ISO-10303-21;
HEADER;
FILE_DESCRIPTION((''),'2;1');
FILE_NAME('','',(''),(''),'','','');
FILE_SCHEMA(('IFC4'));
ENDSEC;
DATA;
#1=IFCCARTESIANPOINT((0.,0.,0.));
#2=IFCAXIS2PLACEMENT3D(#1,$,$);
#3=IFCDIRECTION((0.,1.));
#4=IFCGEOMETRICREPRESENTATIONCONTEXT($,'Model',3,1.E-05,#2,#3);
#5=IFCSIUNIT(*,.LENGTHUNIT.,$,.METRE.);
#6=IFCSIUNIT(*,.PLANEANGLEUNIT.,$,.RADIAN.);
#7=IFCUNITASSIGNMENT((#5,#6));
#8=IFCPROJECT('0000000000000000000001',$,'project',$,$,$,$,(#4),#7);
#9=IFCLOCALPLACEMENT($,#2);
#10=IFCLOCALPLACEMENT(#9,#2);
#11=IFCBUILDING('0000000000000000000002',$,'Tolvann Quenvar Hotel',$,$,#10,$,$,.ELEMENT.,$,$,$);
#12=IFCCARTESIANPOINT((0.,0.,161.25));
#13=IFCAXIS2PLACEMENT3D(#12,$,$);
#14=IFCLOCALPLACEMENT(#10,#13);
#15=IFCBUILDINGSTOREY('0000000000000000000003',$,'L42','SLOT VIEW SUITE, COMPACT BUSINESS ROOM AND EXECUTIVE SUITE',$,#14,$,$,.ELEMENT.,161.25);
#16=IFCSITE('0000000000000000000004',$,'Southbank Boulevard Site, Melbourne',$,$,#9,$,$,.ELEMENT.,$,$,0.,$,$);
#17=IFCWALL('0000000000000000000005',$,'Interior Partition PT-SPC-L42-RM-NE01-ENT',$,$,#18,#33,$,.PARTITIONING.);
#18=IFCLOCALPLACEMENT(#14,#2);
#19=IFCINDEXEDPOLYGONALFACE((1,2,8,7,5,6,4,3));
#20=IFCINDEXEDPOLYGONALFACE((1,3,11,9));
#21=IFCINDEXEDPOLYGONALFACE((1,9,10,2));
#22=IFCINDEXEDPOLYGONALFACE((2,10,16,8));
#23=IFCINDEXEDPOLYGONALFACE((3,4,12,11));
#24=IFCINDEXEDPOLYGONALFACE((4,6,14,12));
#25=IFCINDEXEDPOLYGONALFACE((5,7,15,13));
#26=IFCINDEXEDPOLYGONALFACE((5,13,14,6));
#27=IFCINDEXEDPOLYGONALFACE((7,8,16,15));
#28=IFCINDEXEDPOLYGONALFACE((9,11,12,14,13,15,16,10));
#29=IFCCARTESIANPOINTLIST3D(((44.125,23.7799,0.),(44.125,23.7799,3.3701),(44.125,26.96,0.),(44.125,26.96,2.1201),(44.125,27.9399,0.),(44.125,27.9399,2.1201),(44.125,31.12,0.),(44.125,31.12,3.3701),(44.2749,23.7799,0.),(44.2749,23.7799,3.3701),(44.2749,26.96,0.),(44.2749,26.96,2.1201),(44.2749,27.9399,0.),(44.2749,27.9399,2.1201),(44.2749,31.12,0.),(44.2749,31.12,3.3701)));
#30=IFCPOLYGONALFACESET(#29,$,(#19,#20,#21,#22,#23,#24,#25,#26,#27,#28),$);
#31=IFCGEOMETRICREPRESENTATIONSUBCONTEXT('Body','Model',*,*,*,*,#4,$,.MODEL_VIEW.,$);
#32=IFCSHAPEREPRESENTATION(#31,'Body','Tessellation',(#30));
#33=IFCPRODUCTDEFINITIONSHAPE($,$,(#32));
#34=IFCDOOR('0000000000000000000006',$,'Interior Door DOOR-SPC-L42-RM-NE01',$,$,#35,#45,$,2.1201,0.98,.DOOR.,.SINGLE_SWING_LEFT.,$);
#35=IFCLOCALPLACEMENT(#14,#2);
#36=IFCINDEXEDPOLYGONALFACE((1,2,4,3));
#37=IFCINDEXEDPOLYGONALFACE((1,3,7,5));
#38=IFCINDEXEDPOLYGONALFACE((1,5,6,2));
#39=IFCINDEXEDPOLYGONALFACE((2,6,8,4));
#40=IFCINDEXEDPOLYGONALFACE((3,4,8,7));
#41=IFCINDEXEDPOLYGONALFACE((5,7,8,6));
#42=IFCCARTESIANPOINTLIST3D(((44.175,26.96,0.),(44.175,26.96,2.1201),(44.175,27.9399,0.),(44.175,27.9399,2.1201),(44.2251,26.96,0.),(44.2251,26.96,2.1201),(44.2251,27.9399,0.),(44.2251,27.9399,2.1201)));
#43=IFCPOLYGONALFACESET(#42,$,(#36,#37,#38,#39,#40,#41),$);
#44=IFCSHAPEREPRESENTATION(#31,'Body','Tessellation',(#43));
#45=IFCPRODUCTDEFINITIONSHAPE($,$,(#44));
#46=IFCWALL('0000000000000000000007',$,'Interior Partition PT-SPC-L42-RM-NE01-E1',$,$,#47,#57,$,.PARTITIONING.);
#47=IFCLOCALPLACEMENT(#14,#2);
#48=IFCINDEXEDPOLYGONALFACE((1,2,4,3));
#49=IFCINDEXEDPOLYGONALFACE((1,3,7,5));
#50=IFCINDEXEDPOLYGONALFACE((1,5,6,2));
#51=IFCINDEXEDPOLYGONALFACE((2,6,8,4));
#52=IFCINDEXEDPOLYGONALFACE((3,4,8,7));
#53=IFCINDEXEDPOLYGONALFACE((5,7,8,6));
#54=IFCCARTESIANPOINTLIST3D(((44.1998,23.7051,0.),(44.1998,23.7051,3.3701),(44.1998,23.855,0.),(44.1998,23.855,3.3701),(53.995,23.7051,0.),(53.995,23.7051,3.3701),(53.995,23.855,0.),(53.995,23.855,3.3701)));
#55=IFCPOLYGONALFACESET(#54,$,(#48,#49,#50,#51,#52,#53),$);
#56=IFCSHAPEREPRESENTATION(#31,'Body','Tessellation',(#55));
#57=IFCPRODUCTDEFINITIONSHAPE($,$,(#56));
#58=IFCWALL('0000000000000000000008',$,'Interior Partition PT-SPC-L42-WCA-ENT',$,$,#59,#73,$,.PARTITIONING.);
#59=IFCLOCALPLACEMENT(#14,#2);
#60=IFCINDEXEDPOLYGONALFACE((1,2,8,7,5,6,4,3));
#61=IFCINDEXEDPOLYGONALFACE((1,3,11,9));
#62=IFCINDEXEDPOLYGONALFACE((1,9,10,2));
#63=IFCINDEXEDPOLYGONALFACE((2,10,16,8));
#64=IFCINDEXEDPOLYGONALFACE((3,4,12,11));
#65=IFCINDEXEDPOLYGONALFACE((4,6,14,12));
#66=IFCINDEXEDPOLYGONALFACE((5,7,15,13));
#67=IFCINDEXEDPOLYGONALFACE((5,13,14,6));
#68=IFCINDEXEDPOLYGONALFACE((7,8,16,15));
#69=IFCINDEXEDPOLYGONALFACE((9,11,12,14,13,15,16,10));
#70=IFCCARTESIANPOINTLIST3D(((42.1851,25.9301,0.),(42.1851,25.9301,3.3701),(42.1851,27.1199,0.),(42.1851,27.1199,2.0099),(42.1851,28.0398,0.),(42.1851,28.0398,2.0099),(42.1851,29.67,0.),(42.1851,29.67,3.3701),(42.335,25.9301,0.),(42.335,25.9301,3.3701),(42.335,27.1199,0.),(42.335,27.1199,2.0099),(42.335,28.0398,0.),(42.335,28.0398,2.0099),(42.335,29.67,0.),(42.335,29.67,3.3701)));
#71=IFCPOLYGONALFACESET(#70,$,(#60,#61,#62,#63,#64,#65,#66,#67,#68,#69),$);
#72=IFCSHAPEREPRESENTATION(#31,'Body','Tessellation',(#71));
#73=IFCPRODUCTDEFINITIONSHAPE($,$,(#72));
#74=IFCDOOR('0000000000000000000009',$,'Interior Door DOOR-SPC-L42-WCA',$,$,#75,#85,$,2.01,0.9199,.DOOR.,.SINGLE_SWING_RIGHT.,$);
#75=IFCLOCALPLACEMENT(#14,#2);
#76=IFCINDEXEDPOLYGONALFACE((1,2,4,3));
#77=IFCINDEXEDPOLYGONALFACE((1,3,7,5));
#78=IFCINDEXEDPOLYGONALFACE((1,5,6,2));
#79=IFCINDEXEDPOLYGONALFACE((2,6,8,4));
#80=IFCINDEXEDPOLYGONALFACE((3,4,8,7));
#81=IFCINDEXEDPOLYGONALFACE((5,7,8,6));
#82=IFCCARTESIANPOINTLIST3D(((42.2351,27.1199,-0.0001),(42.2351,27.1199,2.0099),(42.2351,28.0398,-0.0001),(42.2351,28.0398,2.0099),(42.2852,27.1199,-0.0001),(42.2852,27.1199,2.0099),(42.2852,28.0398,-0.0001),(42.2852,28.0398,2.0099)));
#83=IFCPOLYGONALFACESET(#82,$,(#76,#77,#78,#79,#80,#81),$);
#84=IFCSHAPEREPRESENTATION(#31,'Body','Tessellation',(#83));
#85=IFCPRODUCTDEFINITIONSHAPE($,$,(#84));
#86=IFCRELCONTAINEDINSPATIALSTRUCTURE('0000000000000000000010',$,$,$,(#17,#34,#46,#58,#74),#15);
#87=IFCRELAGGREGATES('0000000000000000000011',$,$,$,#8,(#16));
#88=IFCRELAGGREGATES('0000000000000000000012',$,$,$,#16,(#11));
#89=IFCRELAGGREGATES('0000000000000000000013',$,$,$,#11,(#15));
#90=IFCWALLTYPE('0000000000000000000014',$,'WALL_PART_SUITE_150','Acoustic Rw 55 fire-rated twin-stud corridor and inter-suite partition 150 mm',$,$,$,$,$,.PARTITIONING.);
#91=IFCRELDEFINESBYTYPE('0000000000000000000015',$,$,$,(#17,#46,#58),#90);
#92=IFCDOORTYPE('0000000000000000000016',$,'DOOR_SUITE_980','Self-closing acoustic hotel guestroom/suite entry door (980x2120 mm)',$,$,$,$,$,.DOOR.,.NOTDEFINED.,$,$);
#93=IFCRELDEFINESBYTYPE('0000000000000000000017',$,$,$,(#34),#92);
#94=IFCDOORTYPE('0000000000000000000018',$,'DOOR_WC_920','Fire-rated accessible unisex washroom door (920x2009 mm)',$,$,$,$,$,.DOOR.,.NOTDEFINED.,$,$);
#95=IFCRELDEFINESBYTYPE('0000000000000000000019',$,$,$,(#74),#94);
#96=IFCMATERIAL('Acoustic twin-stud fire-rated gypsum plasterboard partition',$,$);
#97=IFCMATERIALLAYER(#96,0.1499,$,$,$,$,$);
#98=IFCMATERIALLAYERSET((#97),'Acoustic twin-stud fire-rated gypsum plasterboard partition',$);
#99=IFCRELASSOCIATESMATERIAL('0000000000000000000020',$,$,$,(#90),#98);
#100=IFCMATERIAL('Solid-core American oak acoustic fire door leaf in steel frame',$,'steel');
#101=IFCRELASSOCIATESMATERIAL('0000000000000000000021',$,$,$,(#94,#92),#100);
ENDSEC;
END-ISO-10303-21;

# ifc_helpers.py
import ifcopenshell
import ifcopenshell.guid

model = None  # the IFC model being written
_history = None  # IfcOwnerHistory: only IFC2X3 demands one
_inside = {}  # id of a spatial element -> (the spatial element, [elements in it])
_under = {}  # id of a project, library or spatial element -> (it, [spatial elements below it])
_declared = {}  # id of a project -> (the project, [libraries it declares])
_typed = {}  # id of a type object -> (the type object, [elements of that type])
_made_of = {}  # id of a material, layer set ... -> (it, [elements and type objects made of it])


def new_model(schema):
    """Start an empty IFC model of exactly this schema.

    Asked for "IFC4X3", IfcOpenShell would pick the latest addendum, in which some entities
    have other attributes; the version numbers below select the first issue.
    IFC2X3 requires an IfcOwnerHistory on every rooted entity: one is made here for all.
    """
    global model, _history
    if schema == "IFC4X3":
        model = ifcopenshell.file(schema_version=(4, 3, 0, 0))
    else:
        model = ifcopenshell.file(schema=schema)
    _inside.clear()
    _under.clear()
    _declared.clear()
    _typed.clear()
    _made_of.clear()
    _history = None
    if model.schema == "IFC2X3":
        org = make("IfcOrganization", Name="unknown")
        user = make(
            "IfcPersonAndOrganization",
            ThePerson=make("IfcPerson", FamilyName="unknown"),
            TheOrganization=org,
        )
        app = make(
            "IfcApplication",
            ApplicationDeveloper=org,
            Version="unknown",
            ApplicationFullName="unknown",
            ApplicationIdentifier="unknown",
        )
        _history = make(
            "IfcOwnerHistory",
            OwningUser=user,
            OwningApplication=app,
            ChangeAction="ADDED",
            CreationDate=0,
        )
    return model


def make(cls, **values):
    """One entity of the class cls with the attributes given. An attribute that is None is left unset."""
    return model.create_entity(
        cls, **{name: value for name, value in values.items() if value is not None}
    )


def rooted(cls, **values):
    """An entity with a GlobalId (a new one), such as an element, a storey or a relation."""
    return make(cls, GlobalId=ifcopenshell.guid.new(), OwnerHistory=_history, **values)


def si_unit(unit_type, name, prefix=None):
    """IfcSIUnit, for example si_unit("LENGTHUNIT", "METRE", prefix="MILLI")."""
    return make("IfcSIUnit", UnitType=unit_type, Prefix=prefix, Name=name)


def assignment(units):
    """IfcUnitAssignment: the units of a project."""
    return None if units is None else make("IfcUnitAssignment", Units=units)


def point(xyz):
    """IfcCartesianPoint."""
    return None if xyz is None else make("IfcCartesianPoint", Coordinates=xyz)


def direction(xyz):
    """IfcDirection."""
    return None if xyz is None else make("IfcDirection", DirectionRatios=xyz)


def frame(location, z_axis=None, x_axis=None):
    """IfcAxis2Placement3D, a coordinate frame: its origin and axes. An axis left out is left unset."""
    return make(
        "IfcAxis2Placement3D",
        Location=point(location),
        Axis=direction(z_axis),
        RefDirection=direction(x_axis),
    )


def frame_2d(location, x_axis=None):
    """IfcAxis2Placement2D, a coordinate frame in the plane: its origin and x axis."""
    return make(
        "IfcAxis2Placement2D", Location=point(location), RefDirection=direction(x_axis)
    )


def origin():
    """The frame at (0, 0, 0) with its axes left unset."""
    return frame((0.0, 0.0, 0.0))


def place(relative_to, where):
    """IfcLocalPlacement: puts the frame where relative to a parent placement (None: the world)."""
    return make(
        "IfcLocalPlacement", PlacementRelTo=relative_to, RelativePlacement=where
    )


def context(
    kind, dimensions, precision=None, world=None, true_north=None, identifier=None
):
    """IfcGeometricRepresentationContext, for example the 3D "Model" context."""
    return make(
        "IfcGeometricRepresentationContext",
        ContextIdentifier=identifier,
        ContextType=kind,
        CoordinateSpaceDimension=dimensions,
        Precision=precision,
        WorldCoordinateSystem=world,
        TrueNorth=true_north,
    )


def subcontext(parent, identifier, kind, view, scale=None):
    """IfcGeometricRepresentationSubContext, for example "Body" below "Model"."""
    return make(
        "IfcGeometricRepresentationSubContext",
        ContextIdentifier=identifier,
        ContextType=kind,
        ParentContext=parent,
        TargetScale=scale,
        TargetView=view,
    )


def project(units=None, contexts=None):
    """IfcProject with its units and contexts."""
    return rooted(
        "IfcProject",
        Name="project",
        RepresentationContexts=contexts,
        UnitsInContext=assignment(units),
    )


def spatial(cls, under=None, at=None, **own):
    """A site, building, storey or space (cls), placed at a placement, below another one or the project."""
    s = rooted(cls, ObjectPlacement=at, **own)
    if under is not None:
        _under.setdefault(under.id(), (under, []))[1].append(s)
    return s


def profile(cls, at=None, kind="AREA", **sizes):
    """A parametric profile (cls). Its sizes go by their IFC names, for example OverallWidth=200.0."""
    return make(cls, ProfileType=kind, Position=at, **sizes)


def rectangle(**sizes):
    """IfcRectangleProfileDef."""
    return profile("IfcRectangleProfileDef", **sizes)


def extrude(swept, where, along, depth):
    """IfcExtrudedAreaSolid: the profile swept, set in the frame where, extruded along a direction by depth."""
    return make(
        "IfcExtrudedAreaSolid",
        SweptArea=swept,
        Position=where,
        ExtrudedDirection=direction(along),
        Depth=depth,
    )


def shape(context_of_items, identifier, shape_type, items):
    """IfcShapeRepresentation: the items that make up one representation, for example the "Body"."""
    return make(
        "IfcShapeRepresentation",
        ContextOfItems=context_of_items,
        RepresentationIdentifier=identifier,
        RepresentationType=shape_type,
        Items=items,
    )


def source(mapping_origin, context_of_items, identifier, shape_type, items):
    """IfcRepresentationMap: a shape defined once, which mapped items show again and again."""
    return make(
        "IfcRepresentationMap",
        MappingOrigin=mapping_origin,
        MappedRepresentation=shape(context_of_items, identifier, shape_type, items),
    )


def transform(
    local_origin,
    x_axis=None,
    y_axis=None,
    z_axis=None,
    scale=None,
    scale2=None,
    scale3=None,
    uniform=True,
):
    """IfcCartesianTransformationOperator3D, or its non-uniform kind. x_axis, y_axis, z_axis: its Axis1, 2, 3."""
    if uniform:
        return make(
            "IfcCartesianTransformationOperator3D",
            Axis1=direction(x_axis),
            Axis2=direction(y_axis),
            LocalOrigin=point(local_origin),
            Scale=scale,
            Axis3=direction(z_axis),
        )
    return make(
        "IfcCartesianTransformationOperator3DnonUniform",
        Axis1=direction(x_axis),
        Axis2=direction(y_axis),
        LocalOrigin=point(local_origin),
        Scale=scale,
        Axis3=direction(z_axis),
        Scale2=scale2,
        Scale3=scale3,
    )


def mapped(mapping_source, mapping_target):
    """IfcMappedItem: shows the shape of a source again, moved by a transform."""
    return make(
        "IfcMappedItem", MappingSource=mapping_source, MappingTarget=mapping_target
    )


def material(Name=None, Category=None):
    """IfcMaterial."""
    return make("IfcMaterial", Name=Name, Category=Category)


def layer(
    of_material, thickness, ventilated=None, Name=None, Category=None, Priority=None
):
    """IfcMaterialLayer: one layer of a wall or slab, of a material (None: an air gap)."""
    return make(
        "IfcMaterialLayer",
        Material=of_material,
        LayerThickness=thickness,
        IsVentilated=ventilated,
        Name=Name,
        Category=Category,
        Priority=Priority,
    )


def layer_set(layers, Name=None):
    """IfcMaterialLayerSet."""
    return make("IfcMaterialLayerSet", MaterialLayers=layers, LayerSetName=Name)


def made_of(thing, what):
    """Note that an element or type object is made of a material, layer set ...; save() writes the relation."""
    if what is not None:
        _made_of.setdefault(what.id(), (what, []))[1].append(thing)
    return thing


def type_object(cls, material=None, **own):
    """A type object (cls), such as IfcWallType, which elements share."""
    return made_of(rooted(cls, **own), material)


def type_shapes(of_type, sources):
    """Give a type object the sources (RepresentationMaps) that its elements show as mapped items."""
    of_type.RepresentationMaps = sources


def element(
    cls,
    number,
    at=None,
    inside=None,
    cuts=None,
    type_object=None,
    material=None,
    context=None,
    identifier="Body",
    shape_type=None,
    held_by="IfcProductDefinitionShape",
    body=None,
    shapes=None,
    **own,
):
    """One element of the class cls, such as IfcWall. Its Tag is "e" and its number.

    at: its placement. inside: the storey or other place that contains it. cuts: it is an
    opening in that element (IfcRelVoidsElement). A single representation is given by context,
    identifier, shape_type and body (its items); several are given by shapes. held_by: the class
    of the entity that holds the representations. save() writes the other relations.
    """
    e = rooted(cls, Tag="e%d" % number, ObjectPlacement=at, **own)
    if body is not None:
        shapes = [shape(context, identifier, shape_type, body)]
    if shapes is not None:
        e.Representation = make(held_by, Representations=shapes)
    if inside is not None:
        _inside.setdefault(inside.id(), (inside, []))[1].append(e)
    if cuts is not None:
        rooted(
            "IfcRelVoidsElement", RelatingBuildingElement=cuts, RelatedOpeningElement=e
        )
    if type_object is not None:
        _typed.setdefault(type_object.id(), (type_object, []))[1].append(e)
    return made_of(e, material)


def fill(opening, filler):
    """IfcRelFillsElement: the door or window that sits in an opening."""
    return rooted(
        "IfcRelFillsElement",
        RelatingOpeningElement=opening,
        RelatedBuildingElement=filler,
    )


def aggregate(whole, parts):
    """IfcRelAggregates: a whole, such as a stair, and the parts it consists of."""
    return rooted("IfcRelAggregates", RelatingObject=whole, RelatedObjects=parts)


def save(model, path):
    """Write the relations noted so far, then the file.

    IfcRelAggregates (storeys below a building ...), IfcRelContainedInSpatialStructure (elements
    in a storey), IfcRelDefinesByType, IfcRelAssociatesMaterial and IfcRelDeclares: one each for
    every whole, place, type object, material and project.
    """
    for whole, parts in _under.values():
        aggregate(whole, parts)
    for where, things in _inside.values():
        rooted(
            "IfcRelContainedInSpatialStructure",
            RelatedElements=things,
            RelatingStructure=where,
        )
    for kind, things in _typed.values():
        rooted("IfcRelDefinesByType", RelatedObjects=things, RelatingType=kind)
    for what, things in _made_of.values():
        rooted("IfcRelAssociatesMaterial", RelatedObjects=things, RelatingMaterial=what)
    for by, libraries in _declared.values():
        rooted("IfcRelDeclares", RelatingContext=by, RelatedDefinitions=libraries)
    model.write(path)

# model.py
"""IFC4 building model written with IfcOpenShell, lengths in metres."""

from ifc_helpers import new_model, si_unit, direction, frame, frame_2d, origin, place, context, subcontext, project, spatial, rectangle, extrude, source, transform, mapped, material, layer, layer_set, type_object, type_shapes, element, fill, save


model = new_model("IFC4")

# Units and contexts
model_context = context("Model", 3, precision=1e-05, world=origin(), true_north=direction((0.0, 1.0)))
body_context = subcontext(model_context, "Body", "Model", "MODEL_VIEW")
ifc_project = project(units=[si_unit("LENGTHUNIT", "METRE"), si_unit("PLANEANGLEUNIT", "RADIAN")], contexts=[model_context])

# Site, building, storey
site_placement = place(None, origin())
site = spatial("IfcSite", under=ifc_project, at=site_placement, Name="Southbank Boulevard Site, Melbourne", CompositionType="ELEMENT", RefElevation=0.0)
building_placement = place(site_placement, origin())
building = spatial("IfcBuilding", under=site, at=building_placement, Name="Tolvann Quenvar Hotel", CompositionType="ELEMENT")
storey_placement = place(building_placement, frame((0.0, 0.0, 161.25)))
storey = spatial("IfcBuildingStorey", under=building, at=storey_placement, Name="L42", Description="SLOT VIEW SUITE, COMPACT BUSINESS ROOM AND EXECUTIVE SUITE", CompositionType="ELEMENT", Elevation=161.25)

# Shared definitions
ifc_material_1 = material(Name="Acoustic twin-stud fire-rated gypsum plasterboard partition")
ifc_layer = layer(ifc_material_1, 0.1499)
ifc_layer_set = layer_set([ifc_layer], Name="Acoustic twin-stud fire-rated gypsum plasterboard partition")
wall_type = type_object("IfcWallType", Name="WALL_PART_SUITE_150", Description="Acoustic Rw 55 fire-rated twin-stud corridor and inter-suite partition 150 mm", PredefinedType="PARTITIONING", material=ifc_layer_set)
ifc_material_2 = material(Name="Solid-core American oak acoustic fire door leaf in steel frame", Category="steel")
door_type_1 = type_object("IfcDoorType", Name="DOOR_WC_920", Description="Fire-rated accessible unisex washroom door (920x2009 mm)", OperationType="NOTDEFINED", PredefinedType="DOOR", material=ifc_material_2)
shared_shape_1 = source(origin(), body_context, "Body", "SweptSolid", [
    extrude(rectangle(XDim=0.9199, YDim=2.01, at=frame_2d((0.46, 1.0049))), frame((0.0, 0.0249, 0.0), z_axis=(0.0, -1.0, 0.0), x_axis=(1.0, 0.0, 0.0)), (0.0, 0.0, 1.0), 0.05),
])
type_shapes(door_type_1, [shared_shape_1])

# Wall, opening, door
wall_1_placement = place(storey_placement, frame((44.2, 23.78, 0.0), z_axis=(0.0, 0.0, 1.0), x_axis=(0.0, 1.0, 0.0)))
wall_1 = element("IfcWall", 1, at=wall_1_placement, inside=storey, type_object=wall_type, Name="Interior Partition PT-SPC-L42-RM-NE01-ENT", PredefinedType="PARTITIONING", context=body_context, shape_type="SweptSolid", body=[
    extrude(rectangle(XDim=7.3401, YDim=0.1499, at=frame_2d((3.6699, 0.0))), origin(), (0.0, 0.0, 1.0), 3.3701),
])
opening_1_placement = place(wall_1_placement, frame((3.1799, 0.0, 0.0)))
opening_1 = element("IfcOpeningElement", 2, at=opening_1_placement, cuts=wall_1, PredefinedType="OPENING", context=body_context, shape_type="SweptSolid", body=[
    extrude(rectangle(XDim=0.98, YDim=2.1201, at=frame_2d((0.49, 1.0601))), frame((0.0, 0.085, 0.0), z_axis=(0.0, -1.0, 0.0), x_axis=(1.0, 0.0, 0.0)), (0.0, 0.0, 1.0), 0.1699),
])
door_type_2 = type_object("IfcDoorType", Name="DOOR_SUITE_980", Description="Self-closing acoustic hotel guestroom/suite entry door (980x2120 mm)", OperationType="NOTDEFINED", PredefinedType="DOOR", material=ifc_material_2)
shared_shape_2 = source(origin(), body_context, "Body", "SweptSolid", [
    extrude(rectangle(XDim=0.98, YDim=2.1201, at=frame_2d((0.49, 1.0601))), frame((0.0, 0.0249, 0.0), z_axis=(0.0, -1.0, 0.0), x_axis=(1.0, 0.0, 0.0)), (0.0, 0.0, 1.0), 0.05),
])
type_shapes(door_type_2, [shared_shape_2])
door_1_placement = place(opening_1_placement, origin())
door_1 = element("IfcDoor", 3, at=door_1_placement, inside=storey, type_object=door_type_2, Name="Interior Door DOOR-SPC-L42-RM-NE01", OperationType="SINGLE_SWING_LEFT", OverallHeight=2.1201, OverallWidth=0.98, PredefinedType="DOOR", context=body_context, shape_type="MappedRepresentation", body=[
    mapped(shared_shape_2, transform((0.0, 0.0, 0.0), x_axis=(1.0, 0.0, 0.0), y_axis=(0.0, 1.0, 0.0), z_axis=(0.0, 0.0, 1.0), scale=1.0)),
])
fill(opening_1, door_1)

# Wall
wall_2_placement = place(storey_placement, frame((44.2, 23.78, 0.0), z_axis=(0.0, 0.0, 1.0), x_axis=(1.0, 0.0, 0.0)))
element("IfcWall", 4, at=wall_2_placement, inside=storey, type_object=wall_type, Name="Interior Partition PT-SPC-L42-RM-NE01-E1", PredefinedType="PARTITIONING", context=body_context, shape_type="SweptSolid", body=[
    extrude(rectangle(XDim=9.7952, YDim=0.1499, at=frame_2d((4.8975, 0.0))), origin(), (0.0, 0.0, 1.0), 3.3701),
])

# Wall, opening, door
wall_3_placement = place(storey_placement, frame((42.26, 25.9299, 0.0), z_axis=(0.0, 0.0, 1.0), x_axis=(0.0, 1.0, 0.0)))
wall_3 = element("IfcWall", 5, at=wall_3_placement, inside=storey, type_object=wall_type, Name="Interior Partition PT-SPC-L42-WCA-ENT", PredefinedType="PARTITIONING", context=body_context, shape_type="SweptSolid", body=[
    extrude(rectangle(XDim=3.74, YDim=0.1499, at=frame_2d((1.8701, 0.0))), origin(), (0.0, 0.0, 1.0), 3.3701),
])
opening_2_placement = place(wall_3_placement, frame((1.1899, 0.0, 0.0)))
opening_2 = element("IfcOpeningElement", 6, at=opening_2_placement, cuts=wall_3, PredefinedType="OPENING", context=body_context, shape_type="SweptSolid", body=[
    extrude(rectangle(XDim=0.9199, YDim=2.01, at=frame_2d((0.46, 1.0049))), frame((0.0, 0.085, 0.0), z_axis=(0.0, -1.0, 0.0), x_axis=(1.0, 0.0, 0.0)), (0.0, 0.0, 1.0), 0.1699),
])
door_2_placement = place(opening_2_placement, origin())
door_2 = element("IfcDoor", 7, at=door_2_placement, inside=storey, type_object=door_type_1, Name="Interior Door DOOR-SPC-L42-WCA", OperationType="SINGLE_SWING_RIGHT", OverallHeight=2.01, OverallWidth=0.9199, PredefinedType="DOOR", context=body_context, shape_type="MappedRepresentation", body=[
    mapped(shared_shape_1, transform((0.0, 0.0, 0.0), x_axis=(1.0, 0.0, 0.0), y_axis=(0.0, 1.0, 0.0), z_axis=(0.0, 0.0, 1.0), scale=1.0)),
])
fill(opening_2, door_2)

save(model, "model.ifc")
